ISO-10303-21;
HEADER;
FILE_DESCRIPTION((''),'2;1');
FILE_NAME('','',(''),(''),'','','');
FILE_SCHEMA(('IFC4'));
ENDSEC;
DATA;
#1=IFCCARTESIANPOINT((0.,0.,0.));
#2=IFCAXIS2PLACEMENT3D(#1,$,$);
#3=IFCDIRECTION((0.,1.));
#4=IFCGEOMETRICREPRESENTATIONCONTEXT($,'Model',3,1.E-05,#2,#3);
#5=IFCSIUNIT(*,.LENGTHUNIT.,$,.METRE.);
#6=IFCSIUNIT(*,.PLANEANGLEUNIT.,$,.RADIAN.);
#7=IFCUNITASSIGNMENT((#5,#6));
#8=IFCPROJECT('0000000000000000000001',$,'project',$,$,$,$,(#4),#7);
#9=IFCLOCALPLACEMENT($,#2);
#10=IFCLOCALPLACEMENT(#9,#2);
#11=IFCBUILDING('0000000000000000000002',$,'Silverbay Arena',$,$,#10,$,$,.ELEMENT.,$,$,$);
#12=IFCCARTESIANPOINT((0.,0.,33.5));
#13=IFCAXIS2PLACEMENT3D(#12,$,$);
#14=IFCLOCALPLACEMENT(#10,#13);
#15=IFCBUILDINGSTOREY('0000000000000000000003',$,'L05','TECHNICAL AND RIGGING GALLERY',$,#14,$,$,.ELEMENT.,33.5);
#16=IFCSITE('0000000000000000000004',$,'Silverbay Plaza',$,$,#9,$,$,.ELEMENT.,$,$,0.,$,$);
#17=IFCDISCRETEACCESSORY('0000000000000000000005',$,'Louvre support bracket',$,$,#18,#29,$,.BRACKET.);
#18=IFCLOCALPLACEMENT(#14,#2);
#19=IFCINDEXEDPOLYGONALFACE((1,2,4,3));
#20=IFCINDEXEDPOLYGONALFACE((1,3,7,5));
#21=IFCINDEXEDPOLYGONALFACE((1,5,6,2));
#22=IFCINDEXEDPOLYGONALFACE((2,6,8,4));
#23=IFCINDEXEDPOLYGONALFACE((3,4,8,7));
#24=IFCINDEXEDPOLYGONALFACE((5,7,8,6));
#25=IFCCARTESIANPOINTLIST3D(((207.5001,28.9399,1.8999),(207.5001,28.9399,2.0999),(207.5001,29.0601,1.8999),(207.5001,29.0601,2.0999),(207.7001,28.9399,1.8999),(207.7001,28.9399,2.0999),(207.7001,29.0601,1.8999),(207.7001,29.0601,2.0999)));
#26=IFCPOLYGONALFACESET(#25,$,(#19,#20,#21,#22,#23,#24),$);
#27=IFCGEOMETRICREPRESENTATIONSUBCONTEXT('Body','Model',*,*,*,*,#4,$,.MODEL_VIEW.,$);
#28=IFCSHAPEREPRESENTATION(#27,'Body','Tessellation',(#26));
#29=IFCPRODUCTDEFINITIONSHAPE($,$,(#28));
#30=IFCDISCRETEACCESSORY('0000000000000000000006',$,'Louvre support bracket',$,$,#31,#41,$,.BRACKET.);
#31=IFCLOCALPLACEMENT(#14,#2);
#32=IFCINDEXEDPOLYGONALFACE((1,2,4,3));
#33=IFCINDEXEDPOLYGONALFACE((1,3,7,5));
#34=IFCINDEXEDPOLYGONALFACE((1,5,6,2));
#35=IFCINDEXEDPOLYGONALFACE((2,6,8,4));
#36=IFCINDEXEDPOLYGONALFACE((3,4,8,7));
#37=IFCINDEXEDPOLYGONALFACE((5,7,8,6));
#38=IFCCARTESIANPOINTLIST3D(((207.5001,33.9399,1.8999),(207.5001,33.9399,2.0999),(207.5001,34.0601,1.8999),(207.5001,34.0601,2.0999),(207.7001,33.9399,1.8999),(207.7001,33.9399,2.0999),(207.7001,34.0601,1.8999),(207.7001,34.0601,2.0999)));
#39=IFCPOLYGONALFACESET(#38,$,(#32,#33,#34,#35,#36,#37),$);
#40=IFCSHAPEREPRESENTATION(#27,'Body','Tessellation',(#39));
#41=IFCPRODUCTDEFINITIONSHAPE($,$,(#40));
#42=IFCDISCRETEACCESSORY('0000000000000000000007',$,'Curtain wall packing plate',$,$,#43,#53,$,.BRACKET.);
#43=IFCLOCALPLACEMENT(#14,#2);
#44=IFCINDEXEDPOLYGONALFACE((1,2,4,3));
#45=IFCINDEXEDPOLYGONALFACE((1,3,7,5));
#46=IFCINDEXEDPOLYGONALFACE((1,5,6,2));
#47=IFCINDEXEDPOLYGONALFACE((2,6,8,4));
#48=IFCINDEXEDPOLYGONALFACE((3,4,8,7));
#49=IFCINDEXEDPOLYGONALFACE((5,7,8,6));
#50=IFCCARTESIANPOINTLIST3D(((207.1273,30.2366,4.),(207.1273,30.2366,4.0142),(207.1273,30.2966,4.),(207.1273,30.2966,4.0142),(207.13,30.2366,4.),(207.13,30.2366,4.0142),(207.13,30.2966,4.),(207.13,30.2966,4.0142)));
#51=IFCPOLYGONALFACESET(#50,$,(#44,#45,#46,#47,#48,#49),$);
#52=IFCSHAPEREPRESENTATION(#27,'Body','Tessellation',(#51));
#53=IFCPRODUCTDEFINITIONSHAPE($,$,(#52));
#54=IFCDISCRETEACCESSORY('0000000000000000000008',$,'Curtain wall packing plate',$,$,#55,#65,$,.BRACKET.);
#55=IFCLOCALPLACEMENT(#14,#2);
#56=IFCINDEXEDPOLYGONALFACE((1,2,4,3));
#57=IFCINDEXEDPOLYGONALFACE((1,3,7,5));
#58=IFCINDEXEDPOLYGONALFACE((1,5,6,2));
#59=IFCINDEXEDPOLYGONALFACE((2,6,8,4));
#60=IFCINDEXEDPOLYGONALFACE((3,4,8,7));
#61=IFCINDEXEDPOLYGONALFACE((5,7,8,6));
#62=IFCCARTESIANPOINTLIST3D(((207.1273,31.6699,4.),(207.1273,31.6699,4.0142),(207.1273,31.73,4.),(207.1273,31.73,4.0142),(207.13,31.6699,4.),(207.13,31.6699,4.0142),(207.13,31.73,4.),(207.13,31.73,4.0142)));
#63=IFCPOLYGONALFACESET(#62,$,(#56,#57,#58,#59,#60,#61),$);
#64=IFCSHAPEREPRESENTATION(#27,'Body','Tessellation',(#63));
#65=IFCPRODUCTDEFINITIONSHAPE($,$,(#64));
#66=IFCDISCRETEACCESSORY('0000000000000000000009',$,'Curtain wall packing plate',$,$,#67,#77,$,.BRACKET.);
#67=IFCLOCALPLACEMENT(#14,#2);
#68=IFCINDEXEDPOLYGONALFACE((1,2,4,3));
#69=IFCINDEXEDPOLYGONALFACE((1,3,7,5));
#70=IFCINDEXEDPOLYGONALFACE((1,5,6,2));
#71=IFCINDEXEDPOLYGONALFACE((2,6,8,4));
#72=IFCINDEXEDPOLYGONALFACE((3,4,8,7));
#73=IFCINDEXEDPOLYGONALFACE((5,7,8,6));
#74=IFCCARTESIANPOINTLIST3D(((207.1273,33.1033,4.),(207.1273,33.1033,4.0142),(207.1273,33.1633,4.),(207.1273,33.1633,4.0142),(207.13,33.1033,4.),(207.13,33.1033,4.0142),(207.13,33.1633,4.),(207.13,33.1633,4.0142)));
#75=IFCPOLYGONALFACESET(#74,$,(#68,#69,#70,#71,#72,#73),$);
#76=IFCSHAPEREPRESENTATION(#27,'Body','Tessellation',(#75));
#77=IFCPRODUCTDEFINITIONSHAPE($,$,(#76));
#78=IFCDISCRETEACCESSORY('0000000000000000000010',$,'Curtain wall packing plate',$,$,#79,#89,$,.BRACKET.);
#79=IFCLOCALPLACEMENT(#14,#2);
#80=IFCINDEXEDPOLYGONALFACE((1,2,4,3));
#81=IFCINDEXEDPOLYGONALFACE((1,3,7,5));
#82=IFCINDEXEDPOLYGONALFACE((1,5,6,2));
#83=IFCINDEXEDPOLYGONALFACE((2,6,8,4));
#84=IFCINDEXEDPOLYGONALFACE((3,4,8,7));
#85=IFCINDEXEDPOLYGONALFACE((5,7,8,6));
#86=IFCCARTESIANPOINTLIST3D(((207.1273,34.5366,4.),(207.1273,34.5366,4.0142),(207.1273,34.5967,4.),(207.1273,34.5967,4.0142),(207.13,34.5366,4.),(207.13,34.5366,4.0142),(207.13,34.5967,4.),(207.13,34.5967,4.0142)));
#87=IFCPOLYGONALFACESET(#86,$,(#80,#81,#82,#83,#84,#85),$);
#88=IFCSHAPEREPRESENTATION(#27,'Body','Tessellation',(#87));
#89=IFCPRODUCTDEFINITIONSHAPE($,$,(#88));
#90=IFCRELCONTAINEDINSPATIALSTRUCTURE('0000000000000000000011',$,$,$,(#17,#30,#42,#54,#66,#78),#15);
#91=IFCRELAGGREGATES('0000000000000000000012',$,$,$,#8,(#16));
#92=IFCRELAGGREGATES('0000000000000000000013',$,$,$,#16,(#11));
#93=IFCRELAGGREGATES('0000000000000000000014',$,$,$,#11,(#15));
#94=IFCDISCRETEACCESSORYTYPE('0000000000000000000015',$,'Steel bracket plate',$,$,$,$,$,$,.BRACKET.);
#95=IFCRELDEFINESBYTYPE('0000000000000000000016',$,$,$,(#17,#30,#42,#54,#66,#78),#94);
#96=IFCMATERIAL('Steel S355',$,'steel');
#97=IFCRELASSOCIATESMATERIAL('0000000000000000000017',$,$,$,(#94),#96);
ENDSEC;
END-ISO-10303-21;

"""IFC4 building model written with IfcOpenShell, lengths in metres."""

from ifc_helpers import new_model, si_unit, direction, frame, origin, origin_2d, place, context, subcontext, project, spatial, rectangle, extrude, material, type_object, element, save


model = new_model("IFC4")

# Units and contexts
model_context = context("Model", 3, precision=1e-05, world=origin(), true_north=direction((0.0, 1.0)))
body_context = subcontext(model_context, "Body", "Model", "MODEL_VIEW")
ifc_project = project(units=[si_unit("LENGTHUNIT", "METRE"), si_unit("PLANEANGLEUNIT", "RADIAN")], contexts=[model_context])

# Site, building, storey
site_placement = place(None, origin())
site = spatial("IfcSite", under=ifc_project, at=site_placement, Name="Silverbay Plaza", CompositionType="ELEMENT", RefElevation=0.0)
building_placement = place(site_placement, origin())
building = spatial("IfcBuilding", under=site, at=building_placement, Name="Silverbay Arena", CompositionType="ELEMENT")
storey_placement = place(building_placement, frame((0.0, 0.0, 33.5)))
storey = spatial("IfcBuildingStorey", under=building, at=storey_placement, Name="L05", Description="TECHNICAL AND RIGGING GALLERY", CompositionType="ELEMENT", Elevation=33.5)

# Discrete accessories
ifc_material_1 = material(Name="Steel S355", Category="steel")
discrete_accessory_type_1 = type_object("IfcDiscreteAccessoryType", Name="Steel bracket plate", PredefinedType="BRACKET", material=ifc_material_1)
for number, where, z_axis, x_axis, name in (
    (1, (207.6001, 29.0, 1.8999), (0.0, 0.0, 1.0), (0.0, 1.0, 0.0), "Louvre support bracket"),
    (2, (207.6001, 34.0, 1.8999), (0.0, 0.0, 1.0), (0.0, 1.0, 0.0), "Louvre support bracket"),
):
    element("IfcDiscreteAccessory", number, at=place(storey_placement, frame(where, z_axis=z_axis, x_axis=x_axis)), inside=storey, type_object=discrete_accessory_type_1, Name=name, PredefinedType="BRACKET", context=body_context, shape_type="SweptSolid", body=[
        extrude(rectangle(XDim=0.1201, YDim=0.2, at=origin_2d()), origin(), (0.0, 0.0, 1.0), 0.2),
    ])
for number, where, z_axis, x_axis, name in (
    (3, (207.1287, 30.2666, 4.0), (0.0, 0.0, 1.0), (1.0, 0.0, 0.0), "Curtain wall packing plate"),
    (4, (207.1287, 31.7, 4.0), (0.0, 0.0, 1.0), (1.0, 0.0, 0.0), "Curtain wall packing plate"),
    (5, (207.1287, 33.1333, 4.0), (0.0, 0.0, 1.0), (1.0, 0.0, 0.0), "Curtain wall packing plate"),
    (6, (207.1287, 34.5667, 4.0), (0.0, 0.0, 1.0), (1.0, 0.0, 0.0), "Curtain wall packing plate"),
):
    element("IfcDiscreteAccessory", number, at=place(storey_placement, frame(where, z_axis=z_axis, x_axis=x_axis)), inside=storey, type_object=discrete_accessory_type_1, Name=name, PredefinedType="BRACKET", context=body_context, shape_type="SweptSolid", body=[
        extrude(rectangle(XDim=0.0027, YDim=0.0601, at=origin_2d()), origin(), (0.0, 0.0, 1.0), 0.0142),
    ])

save(model, "model.ifc")
